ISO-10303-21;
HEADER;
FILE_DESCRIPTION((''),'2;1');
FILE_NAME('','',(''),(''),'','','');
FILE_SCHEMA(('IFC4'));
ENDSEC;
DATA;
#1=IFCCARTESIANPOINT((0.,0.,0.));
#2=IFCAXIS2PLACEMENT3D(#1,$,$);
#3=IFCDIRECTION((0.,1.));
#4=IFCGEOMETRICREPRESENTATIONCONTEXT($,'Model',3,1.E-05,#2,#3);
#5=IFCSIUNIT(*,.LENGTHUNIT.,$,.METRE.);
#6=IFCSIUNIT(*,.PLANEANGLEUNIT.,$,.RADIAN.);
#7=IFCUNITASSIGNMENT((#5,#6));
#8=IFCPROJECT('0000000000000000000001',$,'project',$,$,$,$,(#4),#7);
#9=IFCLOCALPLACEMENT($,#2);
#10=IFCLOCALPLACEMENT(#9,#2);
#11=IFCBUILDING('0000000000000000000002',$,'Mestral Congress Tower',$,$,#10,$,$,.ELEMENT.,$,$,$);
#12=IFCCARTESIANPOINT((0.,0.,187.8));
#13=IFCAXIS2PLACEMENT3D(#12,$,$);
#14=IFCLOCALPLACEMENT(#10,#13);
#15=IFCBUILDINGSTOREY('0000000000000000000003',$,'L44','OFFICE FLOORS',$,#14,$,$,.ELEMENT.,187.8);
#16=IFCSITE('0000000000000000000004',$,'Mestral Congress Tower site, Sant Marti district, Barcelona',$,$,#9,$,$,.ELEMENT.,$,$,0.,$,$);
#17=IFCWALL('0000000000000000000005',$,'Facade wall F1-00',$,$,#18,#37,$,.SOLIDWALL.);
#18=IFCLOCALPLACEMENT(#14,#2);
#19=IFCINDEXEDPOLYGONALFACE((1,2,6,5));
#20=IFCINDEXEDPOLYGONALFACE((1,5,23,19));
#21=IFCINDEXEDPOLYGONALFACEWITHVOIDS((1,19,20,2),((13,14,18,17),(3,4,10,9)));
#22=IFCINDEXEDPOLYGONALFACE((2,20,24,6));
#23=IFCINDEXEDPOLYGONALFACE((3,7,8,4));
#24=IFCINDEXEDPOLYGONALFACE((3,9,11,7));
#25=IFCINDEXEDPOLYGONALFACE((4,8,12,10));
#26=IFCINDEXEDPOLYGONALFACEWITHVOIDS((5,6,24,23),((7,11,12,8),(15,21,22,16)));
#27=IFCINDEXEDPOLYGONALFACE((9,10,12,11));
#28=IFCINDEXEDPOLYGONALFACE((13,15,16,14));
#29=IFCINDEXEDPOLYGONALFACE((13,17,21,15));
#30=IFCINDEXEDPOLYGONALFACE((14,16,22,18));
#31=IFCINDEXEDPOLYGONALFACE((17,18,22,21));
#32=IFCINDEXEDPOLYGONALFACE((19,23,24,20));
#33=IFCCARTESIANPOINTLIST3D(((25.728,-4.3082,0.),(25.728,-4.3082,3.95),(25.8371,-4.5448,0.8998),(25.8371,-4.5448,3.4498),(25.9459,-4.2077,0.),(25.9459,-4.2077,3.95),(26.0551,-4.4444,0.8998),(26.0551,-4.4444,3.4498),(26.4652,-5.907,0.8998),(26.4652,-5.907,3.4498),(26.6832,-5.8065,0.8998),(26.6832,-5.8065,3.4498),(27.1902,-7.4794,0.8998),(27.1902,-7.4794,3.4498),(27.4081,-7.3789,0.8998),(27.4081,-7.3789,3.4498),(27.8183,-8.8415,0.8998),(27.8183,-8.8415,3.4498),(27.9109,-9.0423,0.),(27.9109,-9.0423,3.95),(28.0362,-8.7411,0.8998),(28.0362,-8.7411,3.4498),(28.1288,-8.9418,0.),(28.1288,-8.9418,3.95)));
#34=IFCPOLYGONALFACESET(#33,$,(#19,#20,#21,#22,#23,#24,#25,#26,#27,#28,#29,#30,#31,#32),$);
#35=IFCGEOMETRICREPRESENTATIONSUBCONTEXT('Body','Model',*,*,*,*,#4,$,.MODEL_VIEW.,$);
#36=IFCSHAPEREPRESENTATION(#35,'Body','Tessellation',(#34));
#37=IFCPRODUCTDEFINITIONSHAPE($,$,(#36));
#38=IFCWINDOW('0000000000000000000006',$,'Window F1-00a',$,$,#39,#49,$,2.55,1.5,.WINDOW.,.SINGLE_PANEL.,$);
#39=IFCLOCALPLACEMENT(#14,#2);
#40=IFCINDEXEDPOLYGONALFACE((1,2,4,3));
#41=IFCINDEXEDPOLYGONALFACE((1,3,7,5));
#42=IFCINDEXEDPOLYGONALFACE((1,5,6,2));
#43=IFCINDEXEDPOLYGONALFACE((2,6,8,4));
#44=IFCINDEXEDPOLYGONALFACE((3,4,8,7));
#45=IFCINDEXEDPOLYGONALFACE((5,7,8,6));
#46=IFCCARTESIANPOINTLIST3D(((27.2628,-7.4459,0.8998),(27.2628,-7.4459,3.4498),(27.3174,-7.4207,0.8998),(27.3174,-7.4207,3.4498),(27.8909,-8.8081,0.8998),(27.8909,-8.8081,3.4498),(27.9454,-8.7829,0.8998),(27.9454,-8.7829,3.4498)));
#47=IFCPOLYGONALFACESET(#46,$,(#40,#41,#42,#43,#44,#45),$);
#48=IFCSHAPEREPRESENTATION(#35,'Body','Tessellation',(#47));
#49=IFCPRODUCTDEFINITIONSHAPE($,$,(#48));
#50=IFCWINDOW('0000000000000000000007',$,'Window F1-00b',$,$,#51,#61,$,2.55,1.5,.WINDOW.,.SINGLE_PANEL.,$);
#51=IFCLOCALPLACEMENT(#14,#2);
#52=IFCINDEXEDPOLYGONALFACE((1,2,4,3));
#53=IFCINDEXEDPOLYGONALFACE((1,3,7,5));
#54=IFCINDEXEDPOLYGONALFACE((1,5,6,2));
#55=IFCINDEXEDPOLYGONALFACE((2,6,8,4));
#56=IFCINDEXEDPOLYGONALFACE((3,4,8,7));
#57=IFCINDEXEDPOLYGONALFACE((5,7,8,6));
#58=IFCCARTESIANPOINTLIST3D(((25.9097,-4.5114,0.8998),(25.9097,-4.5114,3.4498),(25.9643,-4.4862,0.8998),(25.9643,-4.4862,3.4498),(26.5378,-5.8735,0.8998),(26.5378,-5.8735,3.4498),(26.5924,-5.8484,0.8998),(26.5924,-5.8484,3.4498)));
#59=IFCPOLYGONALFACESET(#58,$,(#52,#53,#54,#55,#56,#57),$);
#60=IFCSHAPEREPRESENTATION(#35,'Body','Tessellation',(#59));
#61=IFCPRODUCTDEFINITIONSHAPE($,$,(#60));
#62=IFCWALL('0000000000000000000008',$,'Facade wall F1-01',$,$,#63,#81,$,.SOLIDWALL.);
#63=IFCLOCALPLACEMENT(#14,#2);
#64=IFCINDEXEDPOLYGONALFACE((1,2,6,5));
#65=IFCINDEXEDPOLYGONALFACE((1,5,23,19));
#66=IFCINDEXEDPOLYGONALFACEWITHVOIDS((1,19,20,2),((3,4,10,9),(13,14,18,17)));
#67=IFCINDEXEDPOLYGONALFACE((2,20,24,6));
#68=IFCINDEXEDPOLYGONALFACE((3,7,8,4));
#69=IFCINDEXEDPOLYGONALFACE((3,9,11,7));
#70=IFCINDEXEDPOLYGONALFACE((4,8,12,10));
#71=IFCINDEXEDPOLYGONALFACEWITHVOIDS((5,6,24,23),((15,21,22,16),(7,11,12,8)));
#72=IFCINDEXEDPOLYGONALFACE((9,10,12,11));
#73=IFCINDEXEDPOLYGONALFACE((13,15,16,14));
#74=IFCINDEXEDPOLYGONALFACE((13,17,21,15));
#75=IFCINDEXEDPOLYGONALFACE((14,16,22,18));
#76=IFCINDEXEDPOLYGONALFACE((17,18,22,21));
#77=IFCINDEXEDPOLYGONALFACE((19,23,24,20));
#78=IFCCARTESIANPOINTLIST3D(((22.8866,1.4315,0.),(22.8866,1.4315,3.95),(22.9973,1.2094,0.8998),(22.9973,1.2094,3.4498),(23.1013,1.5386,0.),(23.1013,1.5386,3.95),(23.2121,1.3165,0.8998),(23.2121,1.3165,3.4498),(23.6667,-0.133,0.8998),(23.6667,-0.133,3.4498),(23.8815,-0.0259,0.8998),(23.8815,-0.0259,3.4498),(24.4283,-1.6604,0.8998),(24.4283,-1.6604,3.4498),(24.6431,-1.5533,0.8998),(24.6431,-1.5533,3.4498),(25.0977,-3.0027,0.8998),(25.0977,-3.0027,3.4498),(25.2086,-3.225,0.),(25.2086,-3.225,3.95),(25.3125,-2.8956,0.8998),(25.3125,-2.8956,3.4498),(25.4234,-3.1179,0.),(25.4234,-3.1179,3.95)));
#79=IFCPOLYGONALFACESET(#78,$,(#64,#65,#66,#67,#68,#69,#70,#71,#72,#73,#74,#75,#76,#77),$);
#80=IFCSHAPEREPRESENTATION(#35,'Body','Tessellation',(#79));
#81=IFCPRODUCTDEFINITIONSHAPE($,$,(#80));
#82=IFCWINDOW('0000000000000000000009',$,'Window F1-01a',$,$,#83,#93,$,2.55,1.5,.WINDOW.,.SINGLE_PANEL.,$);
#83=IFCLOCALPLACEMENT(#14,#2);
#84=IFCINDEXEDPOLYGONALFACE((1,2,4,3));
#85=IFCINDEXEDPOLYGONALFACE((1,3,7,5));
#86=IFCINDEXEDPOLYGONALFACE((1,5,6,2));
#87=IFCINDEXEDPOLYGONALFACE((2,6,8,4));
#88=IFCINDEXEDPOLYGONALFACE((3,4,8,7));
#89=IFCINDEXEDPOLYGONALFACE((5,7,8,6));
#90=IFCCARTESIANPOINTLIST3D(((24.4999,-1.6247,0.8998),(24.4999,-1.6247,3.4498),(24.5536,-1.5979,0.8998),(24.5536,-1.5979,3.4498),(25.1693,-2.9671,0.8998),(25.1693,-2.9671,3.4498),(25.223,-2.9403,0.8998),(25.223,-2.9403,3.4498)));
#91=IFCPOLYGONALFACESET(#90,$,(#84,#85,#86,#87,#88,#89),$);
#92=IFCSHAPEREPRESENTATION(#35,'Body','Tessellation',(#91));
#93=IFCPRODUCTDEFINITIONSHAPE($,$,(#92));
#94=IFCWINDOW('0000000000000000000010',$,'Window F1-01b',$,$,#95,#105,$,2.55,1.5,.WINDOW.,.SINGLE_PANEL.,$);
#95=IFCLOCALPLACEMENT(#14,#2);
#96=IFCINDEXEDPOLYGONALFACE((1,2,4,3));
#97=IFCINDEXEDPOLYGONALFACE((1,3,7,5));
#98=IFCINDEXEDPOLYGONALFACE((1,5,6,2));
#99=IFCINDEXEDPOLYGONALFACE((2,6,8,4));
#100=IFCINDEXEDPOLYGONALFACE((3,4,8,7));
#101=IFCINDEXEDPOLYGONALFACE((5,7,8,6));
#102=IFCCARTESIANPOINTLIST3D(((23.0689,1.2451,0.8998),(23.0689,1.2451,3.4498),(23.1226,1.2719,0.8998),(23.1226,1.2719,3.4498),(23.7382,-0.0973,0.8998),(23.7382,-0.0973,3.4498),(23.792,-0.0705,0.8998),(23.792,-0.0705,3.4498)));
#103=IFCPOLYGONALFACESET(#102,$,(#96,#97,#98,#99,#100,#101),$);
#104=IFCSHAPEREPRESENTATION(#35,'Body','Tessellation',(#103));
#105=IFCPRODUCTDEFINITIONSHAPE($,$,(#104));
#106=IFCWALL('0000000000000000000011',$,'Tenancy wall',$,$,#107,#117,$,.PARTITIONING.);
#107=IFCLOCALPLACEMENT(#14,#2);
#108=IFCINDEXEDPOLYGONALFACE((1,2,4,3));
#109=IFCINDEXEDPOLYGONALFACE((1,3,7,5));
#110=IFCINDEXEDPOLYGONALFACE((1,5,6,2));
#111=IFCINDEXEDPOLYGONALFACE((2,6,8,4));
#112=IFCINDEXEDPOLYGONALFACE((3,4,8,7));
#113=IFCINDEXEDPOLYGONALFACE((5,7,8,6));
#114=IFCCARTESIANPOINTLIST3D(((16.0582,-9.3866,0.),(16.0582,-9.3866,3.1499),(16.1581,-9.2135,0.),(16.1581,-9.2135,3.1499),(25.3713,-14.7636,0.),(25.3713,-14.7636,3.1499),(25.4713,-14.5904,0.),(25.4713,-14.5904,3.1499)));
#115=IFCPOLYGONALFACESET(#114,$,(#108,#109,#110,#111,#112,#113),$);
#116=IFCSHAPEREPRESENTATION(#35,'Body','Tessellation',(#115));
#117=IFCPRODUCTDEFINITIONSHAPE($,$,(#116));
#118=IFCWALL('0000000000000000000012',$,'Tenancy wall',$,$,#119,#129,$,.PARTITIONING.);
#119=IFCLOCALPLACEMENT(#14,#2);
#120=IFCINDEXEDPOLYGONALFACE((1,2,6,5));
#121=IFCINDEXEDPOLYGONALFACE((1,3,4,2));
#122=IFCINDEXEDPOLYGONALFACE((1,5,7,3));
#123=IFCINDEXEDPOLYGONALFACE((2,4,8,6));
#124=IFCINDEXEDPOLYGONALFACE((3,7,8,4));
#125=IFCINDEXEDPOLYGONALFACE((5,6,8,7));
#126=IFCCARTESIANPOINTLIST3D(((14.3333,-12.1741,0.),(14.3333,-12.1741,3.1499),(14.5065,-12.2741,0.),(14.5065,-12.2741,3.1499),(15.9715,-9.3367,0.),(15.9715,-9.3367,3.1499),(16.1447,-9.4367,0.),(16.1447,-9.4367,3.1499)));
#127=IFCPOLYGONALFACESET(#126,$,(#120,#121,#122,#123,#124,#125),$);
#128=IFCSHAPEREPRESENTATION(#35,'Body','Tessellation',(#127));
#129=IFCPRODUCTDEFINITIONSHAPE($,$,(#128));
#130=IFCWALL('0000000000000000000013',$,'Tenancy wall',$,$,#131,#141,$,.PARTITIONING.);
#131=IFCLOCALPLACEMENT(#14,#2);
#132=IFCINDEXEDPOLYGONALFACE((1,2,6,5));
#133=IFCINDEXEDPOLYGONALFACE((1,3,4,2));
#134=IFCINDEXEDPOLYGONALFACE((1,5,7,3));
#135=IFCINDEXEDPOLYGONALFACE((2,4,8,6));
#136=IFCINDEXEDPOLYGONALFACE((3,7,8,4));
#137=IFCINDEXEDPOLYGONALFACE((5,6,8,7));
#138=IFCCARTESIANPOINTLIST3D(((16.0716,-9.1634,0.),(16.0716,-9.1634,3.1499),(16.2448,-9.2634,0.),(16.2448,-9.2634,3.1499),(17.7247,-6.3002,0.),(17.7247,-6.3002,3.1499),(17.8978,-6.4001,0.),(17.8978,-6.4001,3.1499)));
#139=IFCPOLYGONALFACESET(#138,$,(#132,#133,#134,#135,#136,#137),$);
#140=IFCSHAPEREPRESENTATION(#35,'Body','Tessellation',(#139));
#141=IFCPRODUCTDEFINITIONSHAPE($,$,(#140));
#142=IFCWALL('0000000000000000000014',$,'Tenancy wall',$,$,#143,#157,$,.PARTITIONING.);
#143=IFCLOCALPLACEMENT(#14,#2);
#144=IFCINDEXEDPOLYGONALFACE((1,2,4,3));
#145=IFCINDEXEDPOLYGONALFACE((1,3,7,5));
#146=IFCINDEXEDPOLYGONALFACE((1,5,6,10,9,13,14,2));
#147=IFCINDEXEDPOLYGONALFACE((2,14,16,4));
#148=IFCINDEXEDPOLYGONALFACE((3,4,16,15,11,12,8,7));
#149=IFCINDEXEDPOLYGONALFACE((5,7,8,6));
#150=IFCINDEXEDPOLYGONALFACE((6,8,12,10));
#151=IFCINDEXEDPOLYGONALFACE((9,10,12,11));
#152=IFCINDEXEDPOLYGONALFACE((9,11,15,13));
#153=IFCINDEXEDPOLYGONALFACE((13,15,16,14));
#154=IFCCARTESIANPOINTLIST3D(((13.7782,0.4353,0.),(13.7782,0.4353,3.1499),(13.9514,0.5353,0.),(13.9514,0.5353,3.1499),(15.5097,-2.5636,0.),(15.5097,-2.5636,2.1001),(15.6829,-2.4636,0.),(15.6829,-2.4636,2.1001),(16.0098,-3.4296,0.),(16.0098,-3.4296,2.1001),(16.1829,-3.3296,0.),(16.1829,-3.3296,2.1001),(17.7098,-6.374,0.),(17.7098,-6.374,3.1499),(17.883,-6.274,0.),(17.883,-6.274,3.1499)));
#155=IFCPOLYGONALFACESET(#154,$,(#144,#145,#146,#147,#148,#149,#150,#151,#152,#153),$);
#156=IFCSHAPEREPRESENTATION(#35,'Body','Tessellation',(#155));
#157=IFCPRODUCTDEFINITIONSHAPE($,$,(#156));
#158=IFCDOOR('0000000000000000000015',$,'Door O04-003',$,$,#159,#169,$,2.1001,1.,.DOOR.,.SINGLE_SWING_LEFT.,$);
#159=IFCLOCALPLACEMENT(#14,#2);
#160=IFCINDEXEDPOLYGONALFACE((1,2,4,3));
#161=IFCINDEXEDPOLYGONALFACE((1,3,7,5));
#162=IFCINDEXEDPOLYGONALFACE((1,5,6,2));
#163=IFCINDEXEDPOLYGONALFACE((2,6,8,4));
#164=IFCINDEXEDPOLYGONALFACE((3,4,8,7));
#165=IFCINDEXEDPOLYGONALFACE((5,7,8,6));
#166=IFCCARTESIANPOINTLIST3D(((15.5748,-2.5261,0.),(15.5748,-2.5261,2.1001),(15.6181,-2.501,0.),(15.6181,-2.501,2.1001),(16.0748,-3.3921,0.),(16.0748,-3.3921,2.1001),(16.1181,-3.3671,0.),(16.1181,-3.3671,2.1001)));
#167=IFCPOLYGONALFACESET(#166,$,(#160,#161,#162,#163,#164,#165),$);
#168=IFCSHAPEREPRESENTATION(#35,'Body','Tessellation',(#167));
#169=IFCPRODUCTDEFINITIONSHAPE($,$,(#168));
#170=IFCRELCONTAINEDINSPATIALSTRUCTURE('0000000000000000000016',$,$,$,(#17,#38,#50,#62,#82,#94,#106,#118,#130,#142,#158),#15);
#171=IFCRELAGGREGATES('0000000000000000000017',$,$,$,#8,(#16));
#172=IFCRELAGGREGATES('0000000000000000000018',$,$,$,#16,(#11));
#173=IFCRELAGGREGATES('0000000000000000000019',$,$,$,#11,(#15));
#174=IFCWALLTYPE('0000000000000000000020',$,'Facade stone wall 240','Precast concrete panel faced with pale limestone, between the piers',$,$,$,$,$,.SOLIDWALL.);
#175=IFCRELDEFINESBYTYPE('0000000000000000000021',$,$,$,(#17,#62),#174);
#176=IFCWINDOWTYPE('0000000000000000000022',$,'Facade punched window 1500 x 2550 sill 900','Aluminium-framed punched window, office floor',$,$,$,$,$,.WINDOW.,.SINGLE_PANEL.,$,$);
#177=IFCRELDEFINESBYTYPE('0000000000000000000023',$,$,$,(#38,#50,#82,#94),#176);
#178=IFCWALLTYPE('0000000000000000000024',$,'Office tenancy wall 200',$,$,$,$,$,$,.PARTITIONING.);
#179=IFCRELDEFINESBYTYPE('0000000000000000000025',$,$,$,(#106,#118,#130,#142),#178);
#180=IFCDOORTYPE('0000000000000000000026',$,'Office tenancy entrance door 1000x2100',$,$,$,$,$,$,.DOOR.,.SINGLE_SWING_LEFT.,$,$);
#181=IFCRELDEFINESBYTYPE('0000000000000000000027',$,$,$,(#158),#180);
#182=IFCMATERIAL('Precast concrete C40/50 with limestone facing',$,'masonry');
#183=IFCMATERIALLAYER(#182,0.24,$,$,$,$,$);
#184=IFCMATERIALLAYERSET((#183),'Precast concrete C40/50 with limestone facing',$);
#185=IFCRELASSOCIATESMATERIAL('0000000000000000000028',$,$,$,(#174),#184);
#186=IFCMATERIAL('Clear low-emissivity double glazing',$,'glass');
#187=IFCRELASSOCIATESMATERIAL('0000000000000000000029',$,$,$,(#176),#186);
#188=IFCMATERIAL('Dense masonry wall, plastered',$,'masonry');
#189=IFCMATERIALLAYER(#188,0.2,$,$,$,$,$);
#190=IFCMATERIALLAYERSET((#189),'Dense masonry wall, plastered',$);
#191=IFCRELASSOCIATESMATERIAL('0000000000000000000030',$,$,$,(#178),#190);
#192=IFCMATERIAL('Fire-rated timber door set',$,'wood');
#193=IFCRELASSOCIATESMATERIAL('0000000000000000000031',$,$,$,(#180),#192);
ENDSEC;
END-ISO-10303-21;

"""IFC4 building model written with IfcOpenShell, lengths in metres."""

from ifc_helpers import new_model, si_unit, direction, frame, frame_2d, origin, place, context, subcontext, project, spatial, rectangle, extrude, material, layer, layer_set, type_object, element, fill, save


model = new_model("IFC4")

# Units and contexts
model_context = context("Model", 3, precision=1e-05, world=origin(), true_north=direction((0.0, 1.0)))
body_context = subcontext(model_context, "Body", "Model", "MODEL_VIEW")
ifc_project = project(units=[si_unit("LENGTHUNIT", "METRE"), si_unit("PLANEANGLEUNIT", "RADIAN")], contexts=[model_context])

# Site, building, storey
site_placement = place(None, origin())
site = spatial("IfcSite", under=ifc_project, at=site_placement, Name="Mestral Congress Tower site, Sant Marti district, Barcelona", CompositionType="ELEMENT", RefElevation=0.0)
building_placement = place(site_placement, origin())
building = spatial("IfcBuilding", under=site, at=building_placement, Name="Mestral Congress Tower", CompositionType="ELEMENT")
storey_placement = place(building_placement, frame((0.0, 0.0, 187.8)))
storey = spatial("IfcBuildingStorey", under=building, at=storey_placement, Name="L44", Description="OFFICE FLOORS", CompositionType="ELEMENT", Elevation=187.8)

# Shared definitions
ifc_material_1 = material(Name="Precast concrete C40/50 with limestone facing", Category="masonry")
ifc_layer_1 = layer(ifc_material_1, 0.24)
ifc_layer_set_1 = layer_set([ifc_layer_1], Name="Precast concrete C40/50 with limestone facing")
wall_type_1 = type_object("IfcWallType", Name="Facade stone wall 240", Description="Precast concrete panel faced with pale limestone, between the piers", PredefinedType="SOLIDWALL", material=ifc_layer_set_1)
ifc_material_2 = material(Name="Clear low-emissivity double glazing", Category="glass")

# Walls, openings, windows
wall_1_placement = place(storey_placement, frame((28.0198, -8.9919, 0.0), z_axis=(0.0, 0.0, 1.0), x_axis=(-0.418723, 0.908114, 0.0)))
wall_1 = element("IfcWall", 1, at=wall_1_placement, inside=storey, type_object=wall_type_1, Name="Facade wall F1-00", PredefinedType="SOLIDWALL", context=body_context, shape_type="SweptSolid", body=[
    extrude(rectangle(XDim=5.2131, YDim=0.24, at=frame_2d((2.6064, 0.0))), origin(), (0.0, 0.0, 1.0), 3.95),
])
opening_1_placement = place(wall_1_placement, frame((0.2209, 0.0, 0.8999)))
opening_1 = element("IfcOpeningElement", 2, at=opening_1_placement, cuts=wall_1, PredefinedType="OPENING", context=body_context, shape_type="SweptSolid", body=[
    extrude(rectangle(XDim=1.5, YDim=2.55, at=frame_2d((0.75, 1.2749))), frame((0.0, 0.1299, 0.0), z_axis=(0.0, -1.0, 0.0), x_axis=(1.0, 0.0, 0.0)), (0.0, 0.0, 1.0), 0.26),
])
opening_2_placement = place(wall_1_placement, frame((3.4524, 0.0, 0.8999)))
opening_2 = element("IfcOpeningElement", 3, at=opening_2_placement, cuts=wall_1, PredefinedType="OPENING", context=body_context, shape_type="SweptSolid", body=[
    extrude(rectangle(XDim=1.5, YDim=2.55, at=frame_2d((0.75, 1.2749))), frame((0.0, 0.1299, 0.0), z_axis=(0.0, -1.0, 0.0), x_axis=(1.0, 0.0, 0.0)), (0.0, 0.0, 1.0), 0.26),
])
window_type_1 = type_object("IfcWindowType", Name="Facade punched window 1500 x 2550 sill 900", Description="Aluminium-framed punched window, office floor", PartitioningType="SINGLE_PANEL", PredefinedType="WINDOW", material=ifc_material_2)
window_1_placement = place(opening_1_placement, origin())
window_1 = element("IfcWindow", 4, at=window_1_placement, inside=storey, type_object=window_type_1, Name="Window F1-00a", OverallHeight=2.55, OverallWidth=1.5, PartitioningType="SINGLE_PANEL", PredefinedType="WINDOW", context=body_context, shape_type="SweptSolid", body=[
    extrude(rectangle(XDim=1.5, YDim=2.55, at=frame_2d((0.75, 1.2749))), frame((0.0, 0.04, 0.0), z_axis=(0.0, -1.0, 0.0), x_axis=(1.0, 0.0, 0.0)), (0.0, 0.0, 1.0), 0.0601),
])
fill(opening_1, window_1)
window_2_placement = place(opening_2_placement, origin())
window_2 = element("IfcWindow", 5, at=window_2_placement, inside=storey, type_object=window_type_1, Name="Window F1-00b", OverallHeight=2.55, OverallWidth=1.5, PartitioningType="SINGLE_PANEL", PredefinedType="WINDOW", context=body_context, shape_type="SweptSolid", body=[
    extrude(rectangle(XDim=1.5, YDim=2.55, at=frame_2d((0.75, 1.2749))), frame((0.0, 0.04, 0.0), z_axis=(0.0, -1.0, 0.0), x_axis=(1.0, 0.0, 0.0)), (0.0, 0.0, 1.0), 0.0601),
])
fill(opening_2, window_2)
wall_2_placement = place(storey_placement, frame((25.3159, -3.1714, 0.0), z_axis=(0.0, 0.0, 1.0), x_axis=(-0.446256, 0.894905, 0.0)))
wall_2 = element("IfcWall", 6, at=wall_2_placement, inside=storey, type_object=wall_type_1, Name="Facade wall F1-01", PredefinedType="SOLIDWALL", context=body_context, shape_type="SweptSolid", body=[
    extrude(rectangle(XDim=5.2034, YDim=0.24, at=frame_2d((2.6016, 0.0))), origin(), (0.0, 0.0, 1.0), 3.95),
])
opening_3_placement = place(wall_2_placement, frame((0.2483, 0.0, 0.8999)))
opening_3 = element("IfcOpeningElement", 7, at=opening_3_placement, cuts=wall_2, PredefinedType="OPENING", context=body_context, shape_type="SweptSolid", body=[
    extrude(rectangle(XDim=1.5, YDim=2.55, at=frame_2d((0.75, 1.2749))), frame((0.0, 0.1299, 0.0), z_axis=(0.0, -1.0, 0.0), x_axis=(1.0, 0.0, 0.0)), (0.0, 0.0, 1.0), 0.26),
])
opening_4_placement = place(wall_2_placement, frame((3.4551, 0.0, 0.8999)))
opening_4 = element("IfcOpeningElement", 8, at=opening_4_placement, cuts=wall_2, PredefinedType="OPENING", context=body_context, shape_type="SweptSolid", body=[
    extrude(rectangle(XDim=1.5, YDim=2.55, at=frame_2d((0.75, 1.2749))), frame((0.0, 0.1299, 0.0), z_axis=(0.0, -1.0, 0.0), x_axis=(1.0, 0.0, 0.0)), (0.0, 0.0, 1.0), 0.26),
])
window_3_placement = place(opening_3_placement, origin())
window_3 = element("IfcWindow", 9, at=window_3_placement, inside=storey, type_object=window_type_1, Name="Window F1-01a", OverallHeight=2.55, OverallWidth=1.5, PartitioningType="SINGLE_PANEL", PredefinedType="WINDOW", context=body_context, shape_type="SweptSolid", body=[
    extrude(rectangle(XDim=1.5, YDim=2.55, at=frame_2d((0.75, 1.2749))), frame((0.0, 0.04, 0.0), z_axis=(0.0, -1.0, 0.0), x_axis=(1.0, 0.0, 0.0)), (0.0, 0.0, 1.0), 0.0601),
])
fill(opening_3, window_3)
window_4_placement = place(opening_4_placement, origin())
window_4 = element("IfcWindow", 10, at=window_4_placement, inside=storey, type_object=window_type_1, Name="Window F1-01b", OverallHeight=2.55, OverallWidth=1.5, PartitioningType="SINGLE_PANEL", PredefinedType="WINDOW", context=body_context, shape_type="SweptSolid", body=[
    extrude(rectangle(XDim=1.5, YDim=2.55, at=frame_2d((0.75, 1.2749))), frame((0.0, 0.04, 0.0), z_axis=(0.0, -1.0, 0.0), x_axis=(1.0, 0.0, 0.0)), (0.0, 0.0, 1.0), 0.0601),
])
fill(opening_4, window_4)

# Walls
ifc_material_3 = material(Name="Dense masonry wall, plastered", Category="masonry")
ifc_layer_2 = layer(ifc_material_3, 0.2)
ifc_layer_set_2 = layer_set([ifc_layer_2], Name="Dense masonry wall, plastered")
wall_type_2 = type_object("IfcWallType", Name="Office tenancy wall 200", PredefinedType="PARTITIONING", material=ifc_layer_set_2)
wall_3_placement = place(storey_placement, frame((16.1082, -9.3, 0.0), z_axis=(0.0, 0.0, 1.0), x_axis=(0.866027, -0.499997, 0.0)))
element("IfcWall", 11, at=wall_3_placement, inside=storey, type_object=wall_type_2, Name="Tenancy wall", PredefinedType="PARTITIONING", context=body_context, shape_type="SweptSolid", body=[
    extrude(rectangle(XDim=10.7539, YDim=0.2, at=frame_2d((5.377, 0.0))), origin(), (0.0, 0.0, 1.0), 3.1499),
])
wall_4_placement = place(storey_placement, frame((14.4199, -12.2241, 0.0), z_axis=(0.0, 0.0, 1.0), x_axis=(0.500002, 0.866024, 0.0)))
element("IfcWall", 12, at=wall_4_placement, inside=storey, type_object=wall_type_2, Name="Tenancy wall", PredefinedType="PARTITIONING", context=body_context, shape_type="SweptSolid", body=[
    extrude(rectangle(XDim=3.2764, YDim=0.2, at=frame_2d((1.6382, 0.0))), origin(), (0.0, 0.0, 1.0), 3.1499),
])
wall_5_placement = place(storey_placement, frame((16.1582, -9.2134, 0.0), z_axis=(0.0, 0.0, 1.0), x_axis=(0.499991, 0.866031, 0.0)))
element("IfcWall", 13, at=wall_5_placement, inside=storey, type_object=wall_type_2, Name="Tenancy wall", PredefinedType="PARTITIONING", context=body_context, shape_type="SweptSolid", body=[
    extrude(rectangle(XDim=3.3062, YDim=0.2, at=frame_2d((1.6531, 0.0))), origin(), (0.0, 0.0, 1.0), 3.1499),
])

# Wall, opening, door
wall_6_placement = place(storey_placement, frame((17.7964, -6.324, 0.0), z_axis=(0.0, 0.0, 1.0), x_axis=(-0.500026, 0.86601, 0.0)))
wall_6 = element("IfcWall", 14, at=wall_6_placement, inside=storey, type_object=wall_type_2, Name="Tenancy wall", PredefinedType="PARTITIONING", context=body_context, shape_type="SweptSolid", body=[
    extrude(rectangle(XDim=7.8628, YDim=0.2, at=frame_2d((3.9314, 0.0))), origin(), (0.0, 0.0, 1.0), 3.1499),
])
opening_5_placement = place(wall_6_placement, frame((3.3999, 0.0, 0.0)))
opening_5 = element("IfcOpeningElement", 15, at=opening_5_placement, cuts=wall_6, PredefinedType="OPENING", context=body_context, shape_type="SweptSolid", body=[
    extrude(rectangle(XDim=1.0, YDim=2.1001, at=frame_2d((0.5, 1.05))), frame((0.0, 0.1099, 0.0), z_axis=(0.0, -1.0, 0.0), x_axis=(1.0, 0.0, 0.0)), (0.0, 0.0, 1.0), 0.22),
])
ifc_material_4 = material(Name="Fire-rated timber door set", Category="wood")
door_type = type_object("IfcDoorType", Name="Office tenancy entrance door 1000x2100", OperationType="SINGLE_SWING_LEFT", PredefinedType="DOOR", material=ifc_material_4)
door_placement = place(opening_5_placement, origin())
door = element("IfcDoor", 16, at=door_placement, inside=storey, type_object=door_type, Name="Door O04-003", OperationType="SINGLE_SWING_LEFT", OverallHeight=2.1001, OverallWidth=1.0, PredefinedType="DOOR", context=body_context, shape_type="SweptSolid", body=[
    extrude(rectangle(XDim=1.0, YDim=2.1001, at=frame_2d((0.5, 1.05))), frame((0.0, 0.0249, 0.0), z_axis=(0.0, -1.0, 0.0), x_axis=(1.0, 0.0, 0.0)), (0.0, 0.0, 1.0), 0.05),
])
fill(opening_5, door)

save(model, "model.ifc")
